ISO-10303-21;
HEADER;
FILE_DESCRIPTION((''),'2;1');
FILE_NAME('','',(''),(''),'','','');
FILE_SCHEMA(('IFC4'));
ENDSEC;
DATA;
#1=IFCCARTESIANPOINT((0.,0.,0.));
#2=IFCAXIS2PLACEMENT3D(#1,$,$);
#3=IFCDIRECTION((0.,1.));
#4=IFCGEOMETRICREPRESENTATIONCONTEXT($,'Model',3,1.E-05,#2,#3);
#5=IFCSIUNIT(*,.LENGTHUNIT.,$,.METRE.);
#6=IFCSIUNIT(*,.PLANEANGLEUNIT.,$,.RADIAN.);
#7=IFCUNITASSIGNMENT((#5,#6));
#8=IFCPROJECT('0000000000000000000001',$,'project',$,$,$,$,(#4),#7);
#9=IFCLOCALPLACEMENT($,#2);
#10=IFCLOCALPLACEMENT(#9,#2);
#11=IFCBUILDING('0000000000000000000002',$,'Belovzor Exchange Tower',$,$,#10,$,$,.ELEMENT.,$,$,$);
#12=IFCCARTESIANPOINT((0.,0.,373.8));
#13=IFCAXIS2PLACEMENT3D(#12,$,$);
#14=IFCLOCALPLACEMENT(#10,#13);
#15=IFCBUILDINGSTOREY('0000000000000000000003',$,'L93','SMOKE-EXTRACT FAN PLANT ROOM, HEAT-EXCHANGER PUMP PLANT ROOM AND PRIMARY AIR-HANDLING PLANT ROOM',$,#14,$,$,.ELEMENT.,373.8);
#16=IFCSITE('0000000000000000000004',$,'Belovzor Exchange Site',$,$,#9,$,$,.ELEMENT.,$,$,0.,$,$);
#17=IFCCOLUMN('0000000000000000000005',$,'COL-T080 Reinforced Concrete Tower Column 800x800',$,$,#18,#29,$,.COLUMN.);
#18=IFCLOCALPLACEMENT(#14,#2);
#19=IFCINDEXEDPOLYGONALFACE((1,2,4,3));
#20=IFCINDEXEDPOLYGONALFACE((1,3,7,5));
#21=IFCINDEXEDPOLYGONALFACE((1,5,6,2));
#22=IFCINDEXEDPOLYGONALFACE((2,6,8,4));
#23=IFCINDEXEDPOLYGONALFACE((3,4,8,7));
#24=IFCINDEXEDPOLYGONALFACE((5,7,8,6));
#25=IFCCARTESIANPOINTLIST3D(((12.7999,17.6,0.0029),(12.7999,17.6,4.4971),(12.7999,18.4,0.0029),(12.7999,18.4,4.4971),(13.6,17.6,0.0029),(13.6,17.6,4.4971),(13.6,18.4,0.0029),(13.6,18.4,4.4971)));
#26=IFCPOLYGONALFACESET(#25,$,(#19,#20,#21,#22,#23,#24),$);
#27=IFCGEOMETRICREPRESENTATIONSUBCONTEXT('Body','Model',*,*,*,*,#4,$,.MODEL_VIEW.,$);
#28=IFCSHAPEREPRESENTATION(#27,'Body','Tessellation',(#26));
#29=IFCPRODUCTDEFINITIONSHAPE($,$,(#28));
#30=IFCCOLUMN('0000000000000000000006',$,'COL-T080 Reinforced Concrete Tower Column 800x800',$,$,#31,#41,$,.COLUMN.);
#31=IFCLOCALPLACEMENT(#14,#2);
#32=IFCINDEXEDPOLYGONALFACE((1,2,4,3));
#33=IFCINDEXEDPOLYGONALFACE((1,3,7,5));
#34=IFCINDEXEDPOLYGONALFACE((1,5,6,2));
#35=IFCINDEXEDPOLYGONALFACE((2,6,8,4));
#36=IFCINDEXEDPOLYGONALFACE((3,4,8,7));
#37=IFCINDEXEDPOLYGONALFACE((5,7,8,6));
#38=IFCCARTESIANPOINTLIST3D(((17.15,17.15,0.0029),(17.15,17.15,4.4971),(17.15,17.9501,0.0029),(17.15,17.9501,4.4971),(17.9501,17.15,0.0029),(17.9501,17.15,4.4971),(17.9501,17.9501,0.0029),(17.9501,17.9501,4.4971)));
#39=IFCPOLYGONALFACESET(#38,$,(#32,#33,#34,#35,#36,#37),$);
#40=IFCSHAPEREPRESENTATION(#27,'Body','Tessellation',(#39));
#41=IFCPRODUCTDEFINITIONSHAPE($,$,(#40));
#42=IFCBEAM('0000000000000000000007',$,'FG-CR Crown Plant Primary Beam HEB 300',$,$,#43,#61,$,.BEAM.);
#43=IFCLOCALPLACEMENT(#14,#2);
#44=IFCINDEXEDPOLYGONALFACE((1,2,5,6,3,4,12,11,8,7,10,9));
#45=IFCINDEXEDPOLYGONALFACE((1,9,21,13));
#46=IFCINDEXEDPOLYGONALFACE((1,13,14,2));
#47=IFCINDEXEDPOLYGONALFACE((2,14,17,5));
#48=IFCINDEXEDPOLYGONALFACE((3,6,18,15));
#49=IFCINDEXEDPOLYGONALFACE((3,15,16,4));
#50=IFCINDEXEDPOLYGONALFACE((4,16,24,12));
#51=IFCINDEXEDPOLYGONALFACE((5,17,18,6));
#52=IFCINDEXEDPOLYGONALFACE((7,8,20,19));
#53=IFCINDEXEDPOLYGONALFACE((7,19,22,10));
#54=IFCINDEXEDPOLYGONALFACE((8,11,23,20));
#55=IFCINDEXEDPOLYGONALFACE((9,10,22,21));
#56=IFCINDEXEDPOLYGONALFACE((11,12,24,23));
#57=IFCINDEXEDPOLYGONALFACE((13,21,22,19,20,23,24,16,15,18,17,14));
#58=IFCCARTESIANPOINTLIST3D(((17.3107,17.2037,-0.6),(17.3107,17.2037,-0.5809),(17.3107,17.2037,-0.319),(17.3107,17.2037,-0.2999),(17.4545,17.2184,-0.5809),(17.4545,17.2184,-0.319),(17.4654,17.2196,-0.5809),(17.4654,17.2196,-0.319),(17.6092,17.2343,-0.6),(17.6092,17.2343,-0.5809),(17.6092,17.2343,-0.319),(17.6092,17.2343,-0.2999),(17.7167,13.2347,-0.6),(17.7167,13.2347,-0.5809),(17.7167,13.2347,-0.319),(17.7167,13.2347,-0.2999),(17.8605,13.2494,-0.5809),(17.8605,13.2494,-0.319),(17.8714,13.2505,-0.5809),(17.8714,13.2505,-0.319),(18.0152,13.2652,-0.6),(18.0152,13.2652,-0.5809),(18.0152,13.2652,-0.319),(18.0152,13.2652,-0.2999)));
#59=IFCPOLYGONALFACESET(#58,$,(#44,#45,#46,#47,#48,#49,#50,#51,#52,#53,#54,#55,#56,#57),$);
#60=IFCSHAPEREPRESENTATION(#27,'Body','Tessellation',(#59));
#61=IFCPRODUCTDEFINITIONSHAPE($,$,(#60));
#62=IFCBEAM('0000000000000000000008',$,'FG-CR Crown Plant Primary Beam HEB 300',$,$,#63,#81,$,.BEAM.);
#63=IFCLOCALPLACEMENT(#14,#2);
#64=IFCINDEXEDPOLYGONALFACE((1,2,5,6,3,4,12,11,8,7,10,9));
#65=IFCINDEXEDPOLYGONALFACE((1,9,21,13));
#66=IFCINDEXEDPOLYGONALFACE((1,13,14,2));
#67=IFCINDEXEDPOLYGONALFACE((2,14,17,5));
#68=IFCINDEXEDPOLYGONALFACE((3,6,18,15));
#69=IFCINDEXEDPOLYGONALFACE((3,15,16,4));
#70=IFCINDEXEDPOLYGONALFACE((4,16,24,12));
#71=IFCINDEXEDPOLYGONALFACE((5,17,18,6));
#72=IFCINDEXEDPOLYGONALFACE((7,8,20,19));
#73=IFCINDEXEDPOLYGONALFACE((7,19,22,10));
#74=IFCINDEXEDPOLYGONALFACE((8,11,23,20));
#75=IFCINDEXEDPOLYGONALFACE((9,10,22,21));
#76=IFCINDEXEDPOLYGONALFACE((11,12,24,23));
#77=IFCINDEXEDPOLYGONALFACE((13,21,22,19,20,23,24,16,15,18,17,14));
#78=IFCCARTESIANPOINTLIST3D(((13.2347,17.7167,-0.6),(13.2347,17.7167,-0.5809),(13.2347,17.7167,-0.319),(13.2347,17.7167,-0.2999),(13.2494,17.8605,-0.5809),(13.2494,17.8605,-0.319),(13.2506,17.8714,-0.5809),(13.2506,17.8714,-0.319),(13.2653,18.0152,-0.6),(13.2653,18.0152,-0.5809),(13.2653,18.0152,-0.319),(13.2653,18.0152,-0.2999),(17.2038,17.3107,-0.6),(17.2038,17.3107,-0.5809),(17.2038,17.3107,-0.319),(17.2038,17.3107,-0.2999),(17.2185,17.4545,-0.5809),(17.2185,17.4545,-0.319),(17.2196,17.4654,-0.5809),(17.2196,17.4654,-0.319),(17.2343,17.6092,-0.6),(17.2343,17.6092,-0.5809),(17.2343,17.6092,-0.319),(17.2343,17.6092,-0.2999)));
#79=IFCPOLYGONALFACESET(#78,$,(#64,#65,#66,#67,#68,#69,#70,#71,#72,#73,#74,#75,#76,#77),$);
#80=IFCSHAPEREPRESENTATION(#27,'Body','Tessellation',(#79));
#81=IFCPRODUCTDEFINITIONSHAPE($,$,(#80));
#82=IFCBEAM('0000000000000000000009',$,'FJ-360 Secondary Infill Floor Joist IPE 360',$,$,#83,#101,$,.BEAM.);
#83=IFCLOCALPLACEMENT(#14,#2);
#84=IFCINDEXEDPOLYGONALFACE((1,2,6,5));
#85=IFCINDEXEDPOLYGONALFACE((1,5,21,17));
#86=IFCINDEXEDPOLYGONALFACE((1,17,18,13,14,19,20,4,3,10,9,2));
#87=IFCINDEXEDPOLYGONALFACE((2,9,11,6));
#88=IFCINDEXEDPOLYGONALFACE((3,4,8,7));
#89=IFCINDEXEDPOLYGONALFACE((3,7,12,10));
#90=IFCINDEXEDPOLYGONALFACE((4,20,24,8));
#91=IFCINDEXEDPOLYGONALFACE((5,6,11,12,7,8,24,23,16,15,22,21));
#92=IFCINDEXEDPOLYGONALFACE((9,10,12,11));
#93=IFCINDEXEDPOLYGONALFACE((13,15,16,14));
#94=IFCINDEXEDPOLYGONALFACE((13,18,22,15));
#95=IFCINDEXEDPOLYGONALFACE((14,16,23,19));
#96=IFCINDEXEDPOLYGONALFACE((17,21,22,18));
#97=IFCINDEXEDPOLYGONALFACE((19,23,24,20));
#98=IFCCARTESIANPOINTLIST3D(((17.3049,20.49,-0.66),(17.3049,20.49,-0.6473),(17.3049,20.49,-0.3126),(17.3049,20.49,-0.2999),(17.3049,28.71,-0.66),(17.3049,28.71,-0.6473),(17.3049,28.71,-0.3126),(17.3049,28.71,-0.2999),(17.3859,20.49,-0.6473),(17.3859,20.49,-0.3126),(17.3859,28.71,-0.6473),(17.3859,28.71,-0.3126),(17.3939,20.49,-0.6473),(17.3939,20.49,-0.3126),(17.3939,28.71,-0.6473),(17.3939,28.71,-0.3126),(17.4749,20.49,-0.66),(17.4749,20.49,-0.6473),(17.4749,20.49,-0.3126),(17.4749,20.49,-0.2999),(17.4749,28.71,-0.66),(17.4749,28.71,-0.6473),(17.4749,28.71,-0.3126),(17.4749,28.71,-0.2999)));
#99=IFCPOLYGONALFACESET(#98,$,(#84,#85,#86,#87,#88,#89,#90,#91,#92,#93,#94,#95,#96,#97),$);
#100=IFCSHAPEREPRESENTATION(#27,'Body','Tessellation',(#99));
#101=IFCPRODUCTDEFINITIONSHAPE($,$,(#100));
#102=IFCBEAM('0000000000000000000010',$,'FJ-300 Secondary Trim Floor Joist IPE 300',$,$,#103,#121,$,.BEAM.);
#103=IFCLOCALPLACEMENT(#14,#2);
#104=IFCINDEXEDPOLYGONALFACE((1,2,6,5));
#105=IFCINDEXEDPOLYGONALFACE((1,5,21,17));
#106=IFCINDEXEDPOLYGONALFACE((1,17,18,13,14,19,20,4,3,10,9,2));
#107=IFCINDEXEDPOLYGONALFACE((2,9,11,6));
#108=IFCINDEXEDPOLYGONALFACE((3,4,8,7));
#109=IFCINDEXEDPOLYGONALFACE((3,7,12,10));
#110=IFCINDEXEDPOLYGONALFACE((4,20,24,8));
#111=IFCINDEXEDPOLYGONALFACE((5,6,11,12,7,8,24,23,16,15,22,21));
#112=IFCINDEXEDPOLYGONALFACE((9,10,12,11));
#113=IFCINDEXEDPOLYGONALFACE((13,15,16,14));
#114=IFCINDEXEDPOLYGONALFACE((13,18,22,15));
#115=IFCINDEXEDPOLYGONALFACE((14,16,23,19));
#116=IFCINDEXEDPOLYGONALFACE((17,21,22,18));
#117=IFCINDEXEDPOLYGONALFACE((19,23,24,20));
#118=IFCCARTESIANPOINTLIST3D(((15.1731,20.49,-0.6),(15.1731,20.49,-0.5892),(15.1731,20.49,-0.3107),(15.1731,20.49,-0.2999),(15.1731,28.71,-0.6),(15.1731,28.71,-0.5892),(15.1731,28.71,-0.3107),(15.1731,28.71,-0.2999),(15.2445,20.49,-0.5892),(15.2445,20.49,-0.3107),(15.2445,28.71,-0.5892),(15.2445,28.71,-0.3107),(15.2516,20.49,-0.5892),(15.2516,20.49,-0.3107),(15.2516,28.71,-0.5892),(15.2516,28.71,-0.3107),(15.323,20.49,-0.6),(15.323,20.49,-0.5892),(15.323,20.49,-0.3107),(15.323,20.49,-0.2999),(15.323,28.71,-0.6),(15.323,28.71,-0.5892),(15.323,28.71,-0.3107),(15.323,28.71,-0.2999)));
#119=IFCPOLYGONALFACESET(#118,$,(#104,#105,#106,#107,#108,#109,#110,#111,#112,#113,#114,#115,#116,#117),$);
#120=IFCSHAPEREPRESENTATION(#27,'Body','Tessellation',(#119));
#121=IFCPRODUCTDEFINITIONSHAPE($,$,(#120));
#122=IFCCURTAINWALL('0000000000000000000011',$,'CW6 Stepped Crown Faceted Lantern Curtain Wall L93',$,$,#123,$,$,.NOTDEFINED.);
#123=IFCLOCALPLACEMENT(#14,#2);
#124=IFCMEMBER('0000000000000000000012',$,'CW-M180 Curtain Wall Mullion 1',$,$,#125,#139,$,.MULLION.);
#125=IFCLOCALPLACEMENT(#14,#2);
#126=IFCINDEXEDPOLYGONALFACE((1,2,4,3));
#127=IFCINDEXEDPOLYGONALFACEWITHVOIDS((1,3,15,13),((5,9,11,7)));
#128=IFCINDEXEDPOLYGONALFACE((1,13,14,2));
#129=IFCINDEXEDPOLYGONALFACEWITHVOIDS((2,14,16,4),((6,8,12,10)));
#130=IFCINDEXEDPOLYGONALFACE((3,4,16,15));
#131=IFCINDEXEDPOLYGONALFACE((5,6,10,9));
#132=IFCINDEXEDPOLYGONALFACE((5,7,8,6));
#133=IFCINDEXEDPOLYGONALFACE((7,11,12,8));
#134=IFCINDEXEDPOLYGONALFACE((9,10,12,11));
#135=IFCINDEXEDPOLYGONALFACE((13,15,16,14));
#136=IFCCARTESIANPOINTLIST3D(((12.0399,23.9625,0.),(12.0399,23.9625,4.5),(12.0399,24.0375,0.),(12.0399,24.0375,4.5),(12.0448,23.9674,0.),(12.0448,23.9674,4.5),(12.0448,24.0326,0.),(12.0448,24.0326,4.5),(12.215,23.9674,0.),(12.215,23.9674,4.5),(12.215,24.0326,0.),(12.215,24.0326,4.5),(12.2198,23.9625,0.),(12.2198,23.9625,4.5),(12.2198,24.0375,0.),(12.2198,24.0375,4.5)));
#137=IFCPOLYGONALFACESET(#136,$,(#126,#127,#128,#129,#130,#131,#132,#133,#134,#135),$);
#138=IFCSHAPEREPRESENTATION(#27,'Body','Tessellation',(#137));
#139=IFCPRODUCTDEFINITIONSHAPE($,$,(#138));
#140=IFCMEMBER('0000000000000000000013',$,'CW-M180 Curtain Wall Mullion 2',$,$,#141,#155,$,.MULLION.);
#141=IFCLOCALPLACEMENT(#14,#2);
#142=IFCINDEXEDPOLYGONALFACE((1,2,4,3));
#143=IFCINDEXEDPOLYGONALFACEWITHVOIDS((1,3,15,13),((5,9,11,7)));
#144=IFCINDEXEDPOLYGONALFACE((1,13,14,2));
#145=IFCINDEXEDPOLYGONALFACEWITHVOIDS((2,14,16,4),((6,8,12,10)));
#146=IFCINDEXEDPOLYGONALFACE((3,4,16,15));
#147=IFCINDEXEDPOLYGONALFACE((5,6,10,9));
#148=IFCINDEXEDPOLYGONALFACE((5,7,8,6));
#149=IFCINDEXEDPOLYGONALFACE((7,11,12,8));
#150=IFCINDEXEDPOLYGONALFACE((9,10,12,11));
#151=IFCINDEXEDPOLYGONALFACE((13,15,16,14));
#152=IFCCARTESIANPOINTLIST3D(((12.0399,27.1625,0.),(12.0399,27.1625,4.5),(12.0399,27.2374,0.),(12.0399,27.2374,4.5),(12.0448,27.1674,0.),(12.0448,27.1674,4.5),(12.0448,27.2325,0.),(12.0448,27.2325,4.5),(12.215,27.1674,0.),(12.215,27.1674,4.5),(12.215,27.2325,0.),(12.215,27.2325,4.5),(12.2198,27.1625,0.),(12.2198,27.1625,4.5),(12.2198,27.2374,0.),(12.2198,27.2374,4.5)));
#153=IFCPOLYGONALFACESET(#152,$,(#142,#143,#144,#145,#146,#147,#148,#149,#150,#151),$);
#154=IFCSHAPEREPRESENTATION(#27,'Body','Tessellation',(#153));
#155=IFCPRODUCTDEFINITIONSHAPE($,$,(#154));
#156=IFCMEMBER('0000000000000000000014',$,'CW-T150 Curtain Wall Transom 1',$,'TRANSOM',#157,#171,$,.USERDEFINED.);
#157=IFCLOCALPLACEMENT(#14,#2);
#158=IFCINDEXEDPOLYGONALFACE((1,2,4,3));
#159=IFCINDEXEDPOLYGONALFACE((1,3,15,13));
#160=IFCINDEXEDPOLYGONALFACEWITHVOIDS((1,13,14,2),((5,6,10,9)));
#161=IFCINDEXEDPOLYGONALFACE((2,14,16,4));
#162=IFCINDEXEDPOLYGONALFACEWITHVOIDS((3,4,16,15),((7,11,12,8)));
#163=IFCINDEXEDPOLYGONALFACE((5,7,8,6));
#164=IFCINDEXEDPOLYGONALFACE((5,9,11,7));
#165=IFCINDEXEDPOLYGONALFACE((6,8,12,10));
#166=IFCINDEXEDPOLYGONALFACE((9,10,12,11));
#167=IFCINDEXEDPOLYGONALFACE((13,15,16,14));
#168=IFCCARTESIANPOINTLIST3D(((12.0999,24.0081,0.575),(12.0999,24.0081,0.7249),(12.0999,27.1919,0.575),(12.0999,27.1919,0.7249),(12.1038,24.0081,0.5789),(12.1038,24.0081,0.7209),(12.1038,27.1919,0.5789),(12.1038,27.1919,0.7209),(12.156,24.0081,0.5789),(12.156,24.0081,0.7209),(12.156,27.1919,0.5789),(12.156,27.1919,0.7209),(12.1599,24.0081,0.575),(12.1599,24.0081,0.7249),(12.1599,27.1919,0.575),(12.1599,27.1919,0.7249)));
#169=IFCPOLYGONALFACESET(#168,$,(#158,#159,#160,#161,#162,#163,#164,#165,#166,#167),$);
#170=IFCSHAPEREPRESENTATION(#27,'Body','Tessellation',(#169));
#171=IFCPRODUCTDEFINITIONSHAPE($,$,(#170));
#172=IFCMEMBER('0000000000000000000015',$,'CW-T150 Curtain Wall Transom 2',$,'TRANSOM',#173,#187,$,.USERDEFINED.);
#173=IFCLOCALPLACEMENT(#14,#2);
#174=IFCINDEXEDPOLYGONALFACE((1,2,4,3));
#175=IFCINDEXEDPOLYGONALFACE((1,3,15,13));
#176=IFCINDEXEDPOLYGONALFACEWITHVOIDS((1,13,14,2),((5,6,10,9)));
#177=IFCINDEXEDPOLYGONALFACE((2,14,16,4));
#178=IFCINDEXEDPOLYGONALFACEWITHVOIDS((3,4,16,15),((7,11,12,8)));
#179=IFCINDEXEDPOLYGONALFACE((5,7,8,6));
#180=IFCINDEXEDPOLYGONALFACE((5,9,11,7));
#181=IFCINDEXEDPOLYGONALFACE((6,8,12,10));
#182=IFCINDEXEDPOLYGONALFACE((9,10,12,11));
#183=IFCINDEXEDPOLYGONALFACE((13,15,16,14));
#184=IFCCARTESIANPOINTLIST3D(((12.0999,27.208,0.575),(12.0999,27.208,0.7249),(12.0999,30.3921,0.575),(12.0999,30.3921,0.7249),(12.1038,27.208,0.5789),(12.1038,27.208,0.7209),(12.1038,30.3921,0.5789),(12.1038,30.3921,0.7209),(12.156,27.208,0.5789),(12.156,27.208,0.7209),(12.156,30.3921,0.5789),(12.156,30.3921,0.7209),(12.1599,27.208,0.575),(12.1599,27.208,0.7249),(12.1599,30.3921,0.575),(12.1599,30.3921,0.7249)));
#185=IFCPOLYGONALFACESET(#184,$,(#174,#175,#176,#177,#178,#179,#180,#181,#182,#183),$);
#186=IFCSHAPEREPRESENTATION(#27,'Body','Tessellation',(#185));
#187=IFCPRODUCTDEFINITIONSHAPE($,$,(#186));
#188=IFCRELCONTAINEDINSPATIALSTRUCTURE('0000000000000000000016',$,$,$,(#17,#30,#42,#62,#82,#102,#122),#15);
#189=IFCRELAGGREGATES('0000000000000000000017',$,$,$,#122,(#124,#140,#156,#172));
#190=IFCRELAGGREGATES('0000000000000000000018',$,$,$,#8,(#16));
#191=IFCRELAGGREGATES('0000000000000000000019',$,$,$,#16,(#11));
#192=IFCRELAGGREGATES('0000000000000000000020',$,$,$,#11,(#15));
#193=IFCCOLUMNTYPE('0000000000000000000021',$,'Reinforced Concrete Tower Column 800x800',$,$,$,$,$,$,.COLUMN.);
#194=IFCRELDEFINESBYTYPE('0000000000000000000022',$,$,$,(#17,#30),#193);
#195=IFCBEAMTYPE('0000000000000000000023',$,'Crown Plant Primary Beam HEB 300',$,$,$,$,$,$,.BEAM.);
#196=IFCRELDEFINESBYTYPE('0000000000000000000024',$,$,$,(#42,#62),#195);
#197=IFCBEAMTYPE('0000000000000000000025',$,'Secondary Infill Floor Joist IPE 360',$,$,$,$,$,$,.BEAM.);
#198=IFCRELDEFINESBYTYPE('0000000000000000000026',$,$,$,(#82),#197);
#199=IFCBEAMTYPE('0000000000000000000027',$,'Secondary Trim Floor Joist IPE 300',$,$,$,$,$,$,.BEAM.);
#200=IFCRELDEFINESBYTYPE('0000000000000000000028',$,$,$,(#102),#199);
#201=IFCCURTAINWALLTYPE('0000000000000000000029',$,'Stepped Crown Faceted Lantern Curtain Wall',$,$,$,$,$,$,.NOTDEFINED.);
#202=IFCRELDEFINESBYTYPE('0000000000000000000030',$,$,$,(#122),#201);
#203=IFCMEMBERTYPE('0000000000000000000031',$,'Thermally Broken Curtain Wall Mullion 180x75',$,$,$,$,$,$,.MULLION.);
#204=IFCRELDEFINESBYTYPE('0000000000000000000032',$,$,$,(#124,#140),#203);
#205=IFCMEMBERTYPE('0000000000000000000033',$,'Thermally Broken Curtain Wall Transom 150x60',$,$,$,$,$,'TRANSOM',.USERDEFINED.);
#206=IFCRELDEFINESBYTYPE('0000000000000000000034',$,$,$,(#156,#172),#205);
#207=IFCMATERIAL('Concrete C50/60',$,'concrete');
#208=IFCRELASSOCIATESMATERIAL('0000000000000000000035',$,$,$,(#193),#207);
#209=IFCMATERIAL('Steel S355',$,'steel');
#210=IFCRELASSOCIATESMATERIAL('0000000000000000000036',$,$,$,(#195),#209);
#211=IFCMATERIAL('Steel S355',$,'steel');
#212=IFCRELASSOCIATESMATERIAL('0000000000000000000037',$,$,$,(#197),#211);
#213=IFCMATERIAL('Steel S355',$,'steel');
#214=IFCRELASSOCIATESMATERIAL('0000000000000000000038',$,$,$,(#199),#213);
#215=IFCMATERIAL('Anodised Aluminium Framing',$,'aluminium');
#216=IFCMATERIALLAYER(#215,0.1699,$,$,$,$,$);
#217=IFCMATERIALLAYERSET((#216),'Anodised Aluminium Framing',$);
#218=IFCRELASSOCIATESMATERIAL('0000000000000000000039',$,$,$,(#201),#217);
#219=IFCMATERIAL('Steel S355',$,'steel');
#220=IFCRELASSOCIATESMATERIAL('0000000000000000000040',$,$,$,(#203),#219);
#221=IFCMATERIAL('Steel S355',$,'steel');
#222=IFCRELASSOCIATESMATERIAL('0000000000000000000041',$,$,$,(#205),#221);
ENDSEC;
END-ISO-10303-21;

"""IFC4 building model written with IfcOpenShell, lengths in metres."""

from ifc_helpers import new_model, si_unit, direction, frame, origin, origin_2d, place, context, subcontext, project, spatial, rectangle, hollow_rectangle, i_section, extrude, material, layer, layer_set, material_profile, profile_set, type_object, element, aggregate, save


model = new_model("IFC4")

# Units and contexts
model_context = context("Model", 3, precision=1e-05, world=origin(), true_north=direction((0.0, 1.0)))
body_context = subcontext(model_context, "Body", "Model", "MODEL_VIEW")
ifc_project = project(units=[si_unit("LENGTHUNIT", "METRE"), si_unit("PLANEANGLEUNIT", "RADIAN")], contexts=[model_context])

# Site, building, storey
site_placement = place(None, origin())
site = spatial("IfcSite", under=ifc_project, at=site_placement, Name="Belovzor Exchange Site", CompositionType="ELEMENT", RefElevation=0.0)
building_placement = place(site_placement, origin())
building = spatial("IfcBuilding", under=site, at=building_placement, Name="Belovzor Exchange Tower", CompositionType="ELEMENT")
storey_placement = place(building_placement, frame((0.0, 0.0, 373.8)))
storey = spatial("IfcBuildingStorey", under=building, at=storey_placement, Name="L93", Description="SMOKE-EXTRACT FAN PLANT ROOM, HEAT-EXCHANGER PUMP PLANT ROOM AND PRIMARY AIR-HANDLING PLANT ROOM", CompositionType="ELEMENT", Elevation=373.8)

# Columns
ifc_material_1 = material(Name="Concrete C50/60", Category="concrete")
ifc_material_profile_1 = material_profile(ifc_material_1, rectangle(XDim=0.8, YDim=0.8, at=origin_2d()))
ifc_profile_set_1 = profile_set([ifc_material_profile_1], Name="Concrete C50/60")
column_type = type_object("IfcColumnType", Name="Reinforced Concrete Tower Column 800x800", PredefinedType="COLUMN", material=ifc_profile_set_1)
for number, where, z_axis, x_axis, name in (
    (1, (13.2, 18.0, 0.0029), (0.0, 0.0, 1.0), (1.0, 0.0, 0.0), "COL-T080 Reinforced Concrete Tower Column 800x800"),
    (2, (17.55, 17.55, 0.0029), (0.0, 0.0, 1.0), (1.0, 0.0, 0.0), "COL-T080 Reinforced Concrete Tower Column 800x800"),
):
    element("IfcColumn", number, at=place(storey_placement, frame(where, z_axis=z_axis, x_axis=x_axis)), inside=storey, type_object=column_type, Name=name, PredefinedType="COLUMN", context=body_context, shape_type="SweptSolid", body=[
        extrude(rectangle(XDim=0.8, YDim=0.8, at=origin_2d()), origin(), (0.0, 0.0, 1.0), 4.4941),
    ])

# Beams
ifc_material_2 = material(Name="Steel S355", Category="steel")
ifc_material_profile_2 = material_profile(ifc_material_2, i_section(OverallWidth=0.3, OverallDepth=0.3, WebThickness=0.011, FlangeThickness=0.019, at=origin_2d()))
ifc_profile_set_2 = profile_set([ifc_material_profile_2], Name="Steel S355")
beam_type_1 = type_object("IfcBeamType", Name="Crown Plant Primary Beam HEB 300", PredefinedType="BEAM", material=ifc_profile_set_2)
for number, where, z_axis, x_axis, name in (
    (3, (17.46, 17.219, -0.45), (0.101763, -0.994809, 0.0), (0.994809, 0.101763, 0.0), "FG-CR Crown Plant Primary Beam HEB 300"),
    (4, (13.25, 17.866, -0.45), (0.994809, -0.101763, 0.0), (0.101763, 0.994809, 0.0), "FG-CR Crown Plant Primary Beam HEB 300"),
):
    element("IfcBeam", number, at=place(storey_placement, frame(where, z_axis=z_axis, x_axis=x_axis)), inside=storey, type_object=beam_type_1, Name=name, PredefinedType="BEAM", context=body_context, shape_type="SweptSolid", body=[
        extrude(i_section(OverallWidth=0.3, OverallDepth=0.3, WebThickness=0.011, FlangeThickness=0.019, at=origin_2d()), origin(), (0.0, 0.0, 1.0), 3.9897),
    ])
ifc_material_3 = material(Name="Steel S355", Category="steel")
ifc_material_profile_3 = material_profile(ifc_material_3, i_section(OverallWidth=0.1699, OverallDepth=0.3601, WebThickness=0.0081, FlangeThickness=0.0127, at=origin_2d()))
ifc_profile_set_3 = profile_set([ifc_material_profile_3], Name="Steel S355")
beam_type_2 = type_object("IfcBeamType", Name="Secondary Infill Floor Joist IPE 360", PredefinedType="BEAM", material=ifc_profile_set_3)
beam_1_placement = place(storey_placement, frame((17.3899, 20.49, -0.48), z_axis=(0.0, 1.0, 0.0), x_axis=(-1.0, 0.0, 0.0)))
element("IfcBeam", 5, at=beam_1_placement, inside=storey, type_object=beam_type_2, Name="FJ-360 Secondary Infill Floor Joist IPE 360", PredefinedType="BEAM", context=body_context, shape_type="SweptSolid", body=[
    extrude(i_section(OverallWidth=0.1699, OverallDepth=0.3601, WebThickness=0.0081, FlangeThickness=0.0127, at=origin_2d()), origin(), (0.0, 0.0, 1.0), 8.22),
])
ifc_material_4 = material(Name="Steel S355", Category="steel")
ifc_material_profile_4 = material_profile(ifc_material_4, i_section(OverallWidth=0.1499, OverallDepth=0.3, WebThickness=0.0071, FlangeThickness=0.0107, at=origin_2d()))
ifc_profile_set_4 = profile_set([ifc_material_profile_4], Name="Steel S355")
beam_type_3 = type_object("IfcBeamType", Name="Secondary Trim Floor Joist IPE 300", PredefinedType="BEAM", material=ifc_profile_set_4)
beam_2_placement = place(storey_placement, frame((15.248, 20.49, -0.45), z_axis=(0.0, 1.0, 0.0), x_axis=(-1.0, 0.0, 0.0)))
element("IfcBeam", 6, at=beam_2_placement, inside=storey, type_object=beam_type_3, Name="FJ-300 Secondary Trim Floor Joist IPE 300", PredefinedType="BEAM", context=body_context, shape_type="SweptSolid", body=[
    extrude(i_section(OverallWidth=0.1499, OverallDepth=0.3, WebThickness=0.0071, FlangeThickness=0.0107, at=origin_2d()), origin(), (0.0, 0.0, 1.0), 8.22),
])

# Curtain wall, members
ifc_material_5 = material(Name="Anodised Aluminium Framing", Category="aluminium")
ifc_layer_1 = layer(ifc_material_5, 0.1699)
ifc_layer_set_1 = layer_set([ifc_layer_1], Name="Anodised Aluminium Framing")
curtain_wall_type = type_object("IfcCurtainWallType", Name="Stepped Crown Faceted Lantern Curtain Wall", PredefinedType="NOTDEFINED", material=ifc_layer_set_1)
curtain_wall_placement = place(storey_placement, origin())
curtain_wall = element("IfcCurtainWall", 7, at=curtain_wall_placement, inside=storey, type_object=curtain_wall_type, Name="CW6 Stepped Crown Faceted Lantern Curtain Wall L93", PredefinedType="NOTDEFINED")
ifc_material_6 = material(Name="Steel S355", Category="steel")
ifc_material_profile_5 = material_profile(ifc_material_6, hollow_rectangle(XDim=0.075, YDim=0.1799, WallThickness=0.0049, at=origin_2d()))
ifc_profile_set_5 = profile_set([ifc_material_profile_5], Name="Steel S355")
member_type_1 = type_object("IfcMemberType", Name="Thermally Broken Curtain Wall Mullion 180x75", PredefinedType="MULLION", material=ifc_profile_set_5)
member_1_placement = place(storey_placement, frame((12.1299, 24.0, 0.0), z_axis=(0.0, 0.0, 1.0), x_axis=(0.0, 1.0, 0.0)))
member_1 = element("IfcMember", 8, at=member_1_placement, type_object=member_type_1, Name="CW-M180 Curtain Wall Mullion 1", PredefinedType="MULLION", context=body_context, shape_type="SweptSolid", body=[
    extrude(hollow_rectangle(XDim=0.075, YDim=0.1799, WallThickness=0.0049, at=origin_2d()), origin(), (0.0, 0.0, 1.0), 4.5),
])
member_2_placement = place(storey_placement, frame((12.1299, 27.2, 0.0), z_axis=(0.0, 0.0, 1.0), x_axis=(0.0, 1.0, 0.0)))
member_2 = element("IfcMember", 9, at=member_2_placement, type_object=member_type_1, Name="CW-M180 Curtain Wall Mullion 2", PredefinedType="MULLION", context=body_context, shape_type="SweptSolid", body=[
    extrude(hollow_rectangle(XDim=0.075, YDim=0.1799, WallThickness=0.0049, at=origin_2d()), origin(), (0.0, 0.0, 1.0), 4.5),
])
ifc_material_7 = material(Name="Steel S355", Category="steel")
ifc_material_profile_6 = material_profile(ifc_material_7, hollow_rectangle(XDim=0.0601, YDim=0.1499, WallThickness=0.0039, at=origin_2d()))
ifc_profile_set_6 = profile_set([ifc_material_profile_6], Name="Steel S355")
member_type_2 = type_object("IfcMemberType", Name="Thermally Broken Curtain Wall Transom 150x60", ElementType="TRANSOM", PredefinedType="USERDEFINED", material=ifc_profile_set_6)
member_3_placement = place(storey_placement, frame((12.1299, 24.0081, 0.6499), z_axis=(0.0, 1.0, 0.0), x_axis=(-1.0, 0.0, 0.0)))
member_3 = element("IfcMember", 10, at=member_3_placement, type_object=member_type_2, Name="CW-T150 Curtain Wall Transom 1", ObjectType="TRANSOM", PredefinedType="USERDEFINED", context=body_context, shape_type="SweptSolid", body=[
    extrude(hollow_rectangle(XDim=0.0601, YDim=0.1499, WallThickness=0.0039, at=origin_2d()), origin(), (0.0, 0.0, 1.0), 3.1838),
])
member_4_placement = place(storey_placement, frame((12.1299, 27.208, 0.6499), z_axis=(0.0, 1.0, 0.0), x_axis=(-1.0, 0.0, 0.0)))
member_4 = element("IfcMember", 11, at=member_4_placement, type_object=member_type_2, Name="CW-T150 Curtain Wall Transom 2", ObjectType="TRANSOM", PredefinedType="USERDEFINED", context=body_context, shape_type="SweptSolid", body=[
    extrude(hollow_rectangle(XDim=0.0601, YDim=0.1499, WallThickness=0.0039, at=origin_2d()), origin(), (0.0, 0.0, 1.0), 3.1841),
])

aggregate(curtain_wall, [member_1, member_2, member_3, member_4])

save(model, "model.ifc")
